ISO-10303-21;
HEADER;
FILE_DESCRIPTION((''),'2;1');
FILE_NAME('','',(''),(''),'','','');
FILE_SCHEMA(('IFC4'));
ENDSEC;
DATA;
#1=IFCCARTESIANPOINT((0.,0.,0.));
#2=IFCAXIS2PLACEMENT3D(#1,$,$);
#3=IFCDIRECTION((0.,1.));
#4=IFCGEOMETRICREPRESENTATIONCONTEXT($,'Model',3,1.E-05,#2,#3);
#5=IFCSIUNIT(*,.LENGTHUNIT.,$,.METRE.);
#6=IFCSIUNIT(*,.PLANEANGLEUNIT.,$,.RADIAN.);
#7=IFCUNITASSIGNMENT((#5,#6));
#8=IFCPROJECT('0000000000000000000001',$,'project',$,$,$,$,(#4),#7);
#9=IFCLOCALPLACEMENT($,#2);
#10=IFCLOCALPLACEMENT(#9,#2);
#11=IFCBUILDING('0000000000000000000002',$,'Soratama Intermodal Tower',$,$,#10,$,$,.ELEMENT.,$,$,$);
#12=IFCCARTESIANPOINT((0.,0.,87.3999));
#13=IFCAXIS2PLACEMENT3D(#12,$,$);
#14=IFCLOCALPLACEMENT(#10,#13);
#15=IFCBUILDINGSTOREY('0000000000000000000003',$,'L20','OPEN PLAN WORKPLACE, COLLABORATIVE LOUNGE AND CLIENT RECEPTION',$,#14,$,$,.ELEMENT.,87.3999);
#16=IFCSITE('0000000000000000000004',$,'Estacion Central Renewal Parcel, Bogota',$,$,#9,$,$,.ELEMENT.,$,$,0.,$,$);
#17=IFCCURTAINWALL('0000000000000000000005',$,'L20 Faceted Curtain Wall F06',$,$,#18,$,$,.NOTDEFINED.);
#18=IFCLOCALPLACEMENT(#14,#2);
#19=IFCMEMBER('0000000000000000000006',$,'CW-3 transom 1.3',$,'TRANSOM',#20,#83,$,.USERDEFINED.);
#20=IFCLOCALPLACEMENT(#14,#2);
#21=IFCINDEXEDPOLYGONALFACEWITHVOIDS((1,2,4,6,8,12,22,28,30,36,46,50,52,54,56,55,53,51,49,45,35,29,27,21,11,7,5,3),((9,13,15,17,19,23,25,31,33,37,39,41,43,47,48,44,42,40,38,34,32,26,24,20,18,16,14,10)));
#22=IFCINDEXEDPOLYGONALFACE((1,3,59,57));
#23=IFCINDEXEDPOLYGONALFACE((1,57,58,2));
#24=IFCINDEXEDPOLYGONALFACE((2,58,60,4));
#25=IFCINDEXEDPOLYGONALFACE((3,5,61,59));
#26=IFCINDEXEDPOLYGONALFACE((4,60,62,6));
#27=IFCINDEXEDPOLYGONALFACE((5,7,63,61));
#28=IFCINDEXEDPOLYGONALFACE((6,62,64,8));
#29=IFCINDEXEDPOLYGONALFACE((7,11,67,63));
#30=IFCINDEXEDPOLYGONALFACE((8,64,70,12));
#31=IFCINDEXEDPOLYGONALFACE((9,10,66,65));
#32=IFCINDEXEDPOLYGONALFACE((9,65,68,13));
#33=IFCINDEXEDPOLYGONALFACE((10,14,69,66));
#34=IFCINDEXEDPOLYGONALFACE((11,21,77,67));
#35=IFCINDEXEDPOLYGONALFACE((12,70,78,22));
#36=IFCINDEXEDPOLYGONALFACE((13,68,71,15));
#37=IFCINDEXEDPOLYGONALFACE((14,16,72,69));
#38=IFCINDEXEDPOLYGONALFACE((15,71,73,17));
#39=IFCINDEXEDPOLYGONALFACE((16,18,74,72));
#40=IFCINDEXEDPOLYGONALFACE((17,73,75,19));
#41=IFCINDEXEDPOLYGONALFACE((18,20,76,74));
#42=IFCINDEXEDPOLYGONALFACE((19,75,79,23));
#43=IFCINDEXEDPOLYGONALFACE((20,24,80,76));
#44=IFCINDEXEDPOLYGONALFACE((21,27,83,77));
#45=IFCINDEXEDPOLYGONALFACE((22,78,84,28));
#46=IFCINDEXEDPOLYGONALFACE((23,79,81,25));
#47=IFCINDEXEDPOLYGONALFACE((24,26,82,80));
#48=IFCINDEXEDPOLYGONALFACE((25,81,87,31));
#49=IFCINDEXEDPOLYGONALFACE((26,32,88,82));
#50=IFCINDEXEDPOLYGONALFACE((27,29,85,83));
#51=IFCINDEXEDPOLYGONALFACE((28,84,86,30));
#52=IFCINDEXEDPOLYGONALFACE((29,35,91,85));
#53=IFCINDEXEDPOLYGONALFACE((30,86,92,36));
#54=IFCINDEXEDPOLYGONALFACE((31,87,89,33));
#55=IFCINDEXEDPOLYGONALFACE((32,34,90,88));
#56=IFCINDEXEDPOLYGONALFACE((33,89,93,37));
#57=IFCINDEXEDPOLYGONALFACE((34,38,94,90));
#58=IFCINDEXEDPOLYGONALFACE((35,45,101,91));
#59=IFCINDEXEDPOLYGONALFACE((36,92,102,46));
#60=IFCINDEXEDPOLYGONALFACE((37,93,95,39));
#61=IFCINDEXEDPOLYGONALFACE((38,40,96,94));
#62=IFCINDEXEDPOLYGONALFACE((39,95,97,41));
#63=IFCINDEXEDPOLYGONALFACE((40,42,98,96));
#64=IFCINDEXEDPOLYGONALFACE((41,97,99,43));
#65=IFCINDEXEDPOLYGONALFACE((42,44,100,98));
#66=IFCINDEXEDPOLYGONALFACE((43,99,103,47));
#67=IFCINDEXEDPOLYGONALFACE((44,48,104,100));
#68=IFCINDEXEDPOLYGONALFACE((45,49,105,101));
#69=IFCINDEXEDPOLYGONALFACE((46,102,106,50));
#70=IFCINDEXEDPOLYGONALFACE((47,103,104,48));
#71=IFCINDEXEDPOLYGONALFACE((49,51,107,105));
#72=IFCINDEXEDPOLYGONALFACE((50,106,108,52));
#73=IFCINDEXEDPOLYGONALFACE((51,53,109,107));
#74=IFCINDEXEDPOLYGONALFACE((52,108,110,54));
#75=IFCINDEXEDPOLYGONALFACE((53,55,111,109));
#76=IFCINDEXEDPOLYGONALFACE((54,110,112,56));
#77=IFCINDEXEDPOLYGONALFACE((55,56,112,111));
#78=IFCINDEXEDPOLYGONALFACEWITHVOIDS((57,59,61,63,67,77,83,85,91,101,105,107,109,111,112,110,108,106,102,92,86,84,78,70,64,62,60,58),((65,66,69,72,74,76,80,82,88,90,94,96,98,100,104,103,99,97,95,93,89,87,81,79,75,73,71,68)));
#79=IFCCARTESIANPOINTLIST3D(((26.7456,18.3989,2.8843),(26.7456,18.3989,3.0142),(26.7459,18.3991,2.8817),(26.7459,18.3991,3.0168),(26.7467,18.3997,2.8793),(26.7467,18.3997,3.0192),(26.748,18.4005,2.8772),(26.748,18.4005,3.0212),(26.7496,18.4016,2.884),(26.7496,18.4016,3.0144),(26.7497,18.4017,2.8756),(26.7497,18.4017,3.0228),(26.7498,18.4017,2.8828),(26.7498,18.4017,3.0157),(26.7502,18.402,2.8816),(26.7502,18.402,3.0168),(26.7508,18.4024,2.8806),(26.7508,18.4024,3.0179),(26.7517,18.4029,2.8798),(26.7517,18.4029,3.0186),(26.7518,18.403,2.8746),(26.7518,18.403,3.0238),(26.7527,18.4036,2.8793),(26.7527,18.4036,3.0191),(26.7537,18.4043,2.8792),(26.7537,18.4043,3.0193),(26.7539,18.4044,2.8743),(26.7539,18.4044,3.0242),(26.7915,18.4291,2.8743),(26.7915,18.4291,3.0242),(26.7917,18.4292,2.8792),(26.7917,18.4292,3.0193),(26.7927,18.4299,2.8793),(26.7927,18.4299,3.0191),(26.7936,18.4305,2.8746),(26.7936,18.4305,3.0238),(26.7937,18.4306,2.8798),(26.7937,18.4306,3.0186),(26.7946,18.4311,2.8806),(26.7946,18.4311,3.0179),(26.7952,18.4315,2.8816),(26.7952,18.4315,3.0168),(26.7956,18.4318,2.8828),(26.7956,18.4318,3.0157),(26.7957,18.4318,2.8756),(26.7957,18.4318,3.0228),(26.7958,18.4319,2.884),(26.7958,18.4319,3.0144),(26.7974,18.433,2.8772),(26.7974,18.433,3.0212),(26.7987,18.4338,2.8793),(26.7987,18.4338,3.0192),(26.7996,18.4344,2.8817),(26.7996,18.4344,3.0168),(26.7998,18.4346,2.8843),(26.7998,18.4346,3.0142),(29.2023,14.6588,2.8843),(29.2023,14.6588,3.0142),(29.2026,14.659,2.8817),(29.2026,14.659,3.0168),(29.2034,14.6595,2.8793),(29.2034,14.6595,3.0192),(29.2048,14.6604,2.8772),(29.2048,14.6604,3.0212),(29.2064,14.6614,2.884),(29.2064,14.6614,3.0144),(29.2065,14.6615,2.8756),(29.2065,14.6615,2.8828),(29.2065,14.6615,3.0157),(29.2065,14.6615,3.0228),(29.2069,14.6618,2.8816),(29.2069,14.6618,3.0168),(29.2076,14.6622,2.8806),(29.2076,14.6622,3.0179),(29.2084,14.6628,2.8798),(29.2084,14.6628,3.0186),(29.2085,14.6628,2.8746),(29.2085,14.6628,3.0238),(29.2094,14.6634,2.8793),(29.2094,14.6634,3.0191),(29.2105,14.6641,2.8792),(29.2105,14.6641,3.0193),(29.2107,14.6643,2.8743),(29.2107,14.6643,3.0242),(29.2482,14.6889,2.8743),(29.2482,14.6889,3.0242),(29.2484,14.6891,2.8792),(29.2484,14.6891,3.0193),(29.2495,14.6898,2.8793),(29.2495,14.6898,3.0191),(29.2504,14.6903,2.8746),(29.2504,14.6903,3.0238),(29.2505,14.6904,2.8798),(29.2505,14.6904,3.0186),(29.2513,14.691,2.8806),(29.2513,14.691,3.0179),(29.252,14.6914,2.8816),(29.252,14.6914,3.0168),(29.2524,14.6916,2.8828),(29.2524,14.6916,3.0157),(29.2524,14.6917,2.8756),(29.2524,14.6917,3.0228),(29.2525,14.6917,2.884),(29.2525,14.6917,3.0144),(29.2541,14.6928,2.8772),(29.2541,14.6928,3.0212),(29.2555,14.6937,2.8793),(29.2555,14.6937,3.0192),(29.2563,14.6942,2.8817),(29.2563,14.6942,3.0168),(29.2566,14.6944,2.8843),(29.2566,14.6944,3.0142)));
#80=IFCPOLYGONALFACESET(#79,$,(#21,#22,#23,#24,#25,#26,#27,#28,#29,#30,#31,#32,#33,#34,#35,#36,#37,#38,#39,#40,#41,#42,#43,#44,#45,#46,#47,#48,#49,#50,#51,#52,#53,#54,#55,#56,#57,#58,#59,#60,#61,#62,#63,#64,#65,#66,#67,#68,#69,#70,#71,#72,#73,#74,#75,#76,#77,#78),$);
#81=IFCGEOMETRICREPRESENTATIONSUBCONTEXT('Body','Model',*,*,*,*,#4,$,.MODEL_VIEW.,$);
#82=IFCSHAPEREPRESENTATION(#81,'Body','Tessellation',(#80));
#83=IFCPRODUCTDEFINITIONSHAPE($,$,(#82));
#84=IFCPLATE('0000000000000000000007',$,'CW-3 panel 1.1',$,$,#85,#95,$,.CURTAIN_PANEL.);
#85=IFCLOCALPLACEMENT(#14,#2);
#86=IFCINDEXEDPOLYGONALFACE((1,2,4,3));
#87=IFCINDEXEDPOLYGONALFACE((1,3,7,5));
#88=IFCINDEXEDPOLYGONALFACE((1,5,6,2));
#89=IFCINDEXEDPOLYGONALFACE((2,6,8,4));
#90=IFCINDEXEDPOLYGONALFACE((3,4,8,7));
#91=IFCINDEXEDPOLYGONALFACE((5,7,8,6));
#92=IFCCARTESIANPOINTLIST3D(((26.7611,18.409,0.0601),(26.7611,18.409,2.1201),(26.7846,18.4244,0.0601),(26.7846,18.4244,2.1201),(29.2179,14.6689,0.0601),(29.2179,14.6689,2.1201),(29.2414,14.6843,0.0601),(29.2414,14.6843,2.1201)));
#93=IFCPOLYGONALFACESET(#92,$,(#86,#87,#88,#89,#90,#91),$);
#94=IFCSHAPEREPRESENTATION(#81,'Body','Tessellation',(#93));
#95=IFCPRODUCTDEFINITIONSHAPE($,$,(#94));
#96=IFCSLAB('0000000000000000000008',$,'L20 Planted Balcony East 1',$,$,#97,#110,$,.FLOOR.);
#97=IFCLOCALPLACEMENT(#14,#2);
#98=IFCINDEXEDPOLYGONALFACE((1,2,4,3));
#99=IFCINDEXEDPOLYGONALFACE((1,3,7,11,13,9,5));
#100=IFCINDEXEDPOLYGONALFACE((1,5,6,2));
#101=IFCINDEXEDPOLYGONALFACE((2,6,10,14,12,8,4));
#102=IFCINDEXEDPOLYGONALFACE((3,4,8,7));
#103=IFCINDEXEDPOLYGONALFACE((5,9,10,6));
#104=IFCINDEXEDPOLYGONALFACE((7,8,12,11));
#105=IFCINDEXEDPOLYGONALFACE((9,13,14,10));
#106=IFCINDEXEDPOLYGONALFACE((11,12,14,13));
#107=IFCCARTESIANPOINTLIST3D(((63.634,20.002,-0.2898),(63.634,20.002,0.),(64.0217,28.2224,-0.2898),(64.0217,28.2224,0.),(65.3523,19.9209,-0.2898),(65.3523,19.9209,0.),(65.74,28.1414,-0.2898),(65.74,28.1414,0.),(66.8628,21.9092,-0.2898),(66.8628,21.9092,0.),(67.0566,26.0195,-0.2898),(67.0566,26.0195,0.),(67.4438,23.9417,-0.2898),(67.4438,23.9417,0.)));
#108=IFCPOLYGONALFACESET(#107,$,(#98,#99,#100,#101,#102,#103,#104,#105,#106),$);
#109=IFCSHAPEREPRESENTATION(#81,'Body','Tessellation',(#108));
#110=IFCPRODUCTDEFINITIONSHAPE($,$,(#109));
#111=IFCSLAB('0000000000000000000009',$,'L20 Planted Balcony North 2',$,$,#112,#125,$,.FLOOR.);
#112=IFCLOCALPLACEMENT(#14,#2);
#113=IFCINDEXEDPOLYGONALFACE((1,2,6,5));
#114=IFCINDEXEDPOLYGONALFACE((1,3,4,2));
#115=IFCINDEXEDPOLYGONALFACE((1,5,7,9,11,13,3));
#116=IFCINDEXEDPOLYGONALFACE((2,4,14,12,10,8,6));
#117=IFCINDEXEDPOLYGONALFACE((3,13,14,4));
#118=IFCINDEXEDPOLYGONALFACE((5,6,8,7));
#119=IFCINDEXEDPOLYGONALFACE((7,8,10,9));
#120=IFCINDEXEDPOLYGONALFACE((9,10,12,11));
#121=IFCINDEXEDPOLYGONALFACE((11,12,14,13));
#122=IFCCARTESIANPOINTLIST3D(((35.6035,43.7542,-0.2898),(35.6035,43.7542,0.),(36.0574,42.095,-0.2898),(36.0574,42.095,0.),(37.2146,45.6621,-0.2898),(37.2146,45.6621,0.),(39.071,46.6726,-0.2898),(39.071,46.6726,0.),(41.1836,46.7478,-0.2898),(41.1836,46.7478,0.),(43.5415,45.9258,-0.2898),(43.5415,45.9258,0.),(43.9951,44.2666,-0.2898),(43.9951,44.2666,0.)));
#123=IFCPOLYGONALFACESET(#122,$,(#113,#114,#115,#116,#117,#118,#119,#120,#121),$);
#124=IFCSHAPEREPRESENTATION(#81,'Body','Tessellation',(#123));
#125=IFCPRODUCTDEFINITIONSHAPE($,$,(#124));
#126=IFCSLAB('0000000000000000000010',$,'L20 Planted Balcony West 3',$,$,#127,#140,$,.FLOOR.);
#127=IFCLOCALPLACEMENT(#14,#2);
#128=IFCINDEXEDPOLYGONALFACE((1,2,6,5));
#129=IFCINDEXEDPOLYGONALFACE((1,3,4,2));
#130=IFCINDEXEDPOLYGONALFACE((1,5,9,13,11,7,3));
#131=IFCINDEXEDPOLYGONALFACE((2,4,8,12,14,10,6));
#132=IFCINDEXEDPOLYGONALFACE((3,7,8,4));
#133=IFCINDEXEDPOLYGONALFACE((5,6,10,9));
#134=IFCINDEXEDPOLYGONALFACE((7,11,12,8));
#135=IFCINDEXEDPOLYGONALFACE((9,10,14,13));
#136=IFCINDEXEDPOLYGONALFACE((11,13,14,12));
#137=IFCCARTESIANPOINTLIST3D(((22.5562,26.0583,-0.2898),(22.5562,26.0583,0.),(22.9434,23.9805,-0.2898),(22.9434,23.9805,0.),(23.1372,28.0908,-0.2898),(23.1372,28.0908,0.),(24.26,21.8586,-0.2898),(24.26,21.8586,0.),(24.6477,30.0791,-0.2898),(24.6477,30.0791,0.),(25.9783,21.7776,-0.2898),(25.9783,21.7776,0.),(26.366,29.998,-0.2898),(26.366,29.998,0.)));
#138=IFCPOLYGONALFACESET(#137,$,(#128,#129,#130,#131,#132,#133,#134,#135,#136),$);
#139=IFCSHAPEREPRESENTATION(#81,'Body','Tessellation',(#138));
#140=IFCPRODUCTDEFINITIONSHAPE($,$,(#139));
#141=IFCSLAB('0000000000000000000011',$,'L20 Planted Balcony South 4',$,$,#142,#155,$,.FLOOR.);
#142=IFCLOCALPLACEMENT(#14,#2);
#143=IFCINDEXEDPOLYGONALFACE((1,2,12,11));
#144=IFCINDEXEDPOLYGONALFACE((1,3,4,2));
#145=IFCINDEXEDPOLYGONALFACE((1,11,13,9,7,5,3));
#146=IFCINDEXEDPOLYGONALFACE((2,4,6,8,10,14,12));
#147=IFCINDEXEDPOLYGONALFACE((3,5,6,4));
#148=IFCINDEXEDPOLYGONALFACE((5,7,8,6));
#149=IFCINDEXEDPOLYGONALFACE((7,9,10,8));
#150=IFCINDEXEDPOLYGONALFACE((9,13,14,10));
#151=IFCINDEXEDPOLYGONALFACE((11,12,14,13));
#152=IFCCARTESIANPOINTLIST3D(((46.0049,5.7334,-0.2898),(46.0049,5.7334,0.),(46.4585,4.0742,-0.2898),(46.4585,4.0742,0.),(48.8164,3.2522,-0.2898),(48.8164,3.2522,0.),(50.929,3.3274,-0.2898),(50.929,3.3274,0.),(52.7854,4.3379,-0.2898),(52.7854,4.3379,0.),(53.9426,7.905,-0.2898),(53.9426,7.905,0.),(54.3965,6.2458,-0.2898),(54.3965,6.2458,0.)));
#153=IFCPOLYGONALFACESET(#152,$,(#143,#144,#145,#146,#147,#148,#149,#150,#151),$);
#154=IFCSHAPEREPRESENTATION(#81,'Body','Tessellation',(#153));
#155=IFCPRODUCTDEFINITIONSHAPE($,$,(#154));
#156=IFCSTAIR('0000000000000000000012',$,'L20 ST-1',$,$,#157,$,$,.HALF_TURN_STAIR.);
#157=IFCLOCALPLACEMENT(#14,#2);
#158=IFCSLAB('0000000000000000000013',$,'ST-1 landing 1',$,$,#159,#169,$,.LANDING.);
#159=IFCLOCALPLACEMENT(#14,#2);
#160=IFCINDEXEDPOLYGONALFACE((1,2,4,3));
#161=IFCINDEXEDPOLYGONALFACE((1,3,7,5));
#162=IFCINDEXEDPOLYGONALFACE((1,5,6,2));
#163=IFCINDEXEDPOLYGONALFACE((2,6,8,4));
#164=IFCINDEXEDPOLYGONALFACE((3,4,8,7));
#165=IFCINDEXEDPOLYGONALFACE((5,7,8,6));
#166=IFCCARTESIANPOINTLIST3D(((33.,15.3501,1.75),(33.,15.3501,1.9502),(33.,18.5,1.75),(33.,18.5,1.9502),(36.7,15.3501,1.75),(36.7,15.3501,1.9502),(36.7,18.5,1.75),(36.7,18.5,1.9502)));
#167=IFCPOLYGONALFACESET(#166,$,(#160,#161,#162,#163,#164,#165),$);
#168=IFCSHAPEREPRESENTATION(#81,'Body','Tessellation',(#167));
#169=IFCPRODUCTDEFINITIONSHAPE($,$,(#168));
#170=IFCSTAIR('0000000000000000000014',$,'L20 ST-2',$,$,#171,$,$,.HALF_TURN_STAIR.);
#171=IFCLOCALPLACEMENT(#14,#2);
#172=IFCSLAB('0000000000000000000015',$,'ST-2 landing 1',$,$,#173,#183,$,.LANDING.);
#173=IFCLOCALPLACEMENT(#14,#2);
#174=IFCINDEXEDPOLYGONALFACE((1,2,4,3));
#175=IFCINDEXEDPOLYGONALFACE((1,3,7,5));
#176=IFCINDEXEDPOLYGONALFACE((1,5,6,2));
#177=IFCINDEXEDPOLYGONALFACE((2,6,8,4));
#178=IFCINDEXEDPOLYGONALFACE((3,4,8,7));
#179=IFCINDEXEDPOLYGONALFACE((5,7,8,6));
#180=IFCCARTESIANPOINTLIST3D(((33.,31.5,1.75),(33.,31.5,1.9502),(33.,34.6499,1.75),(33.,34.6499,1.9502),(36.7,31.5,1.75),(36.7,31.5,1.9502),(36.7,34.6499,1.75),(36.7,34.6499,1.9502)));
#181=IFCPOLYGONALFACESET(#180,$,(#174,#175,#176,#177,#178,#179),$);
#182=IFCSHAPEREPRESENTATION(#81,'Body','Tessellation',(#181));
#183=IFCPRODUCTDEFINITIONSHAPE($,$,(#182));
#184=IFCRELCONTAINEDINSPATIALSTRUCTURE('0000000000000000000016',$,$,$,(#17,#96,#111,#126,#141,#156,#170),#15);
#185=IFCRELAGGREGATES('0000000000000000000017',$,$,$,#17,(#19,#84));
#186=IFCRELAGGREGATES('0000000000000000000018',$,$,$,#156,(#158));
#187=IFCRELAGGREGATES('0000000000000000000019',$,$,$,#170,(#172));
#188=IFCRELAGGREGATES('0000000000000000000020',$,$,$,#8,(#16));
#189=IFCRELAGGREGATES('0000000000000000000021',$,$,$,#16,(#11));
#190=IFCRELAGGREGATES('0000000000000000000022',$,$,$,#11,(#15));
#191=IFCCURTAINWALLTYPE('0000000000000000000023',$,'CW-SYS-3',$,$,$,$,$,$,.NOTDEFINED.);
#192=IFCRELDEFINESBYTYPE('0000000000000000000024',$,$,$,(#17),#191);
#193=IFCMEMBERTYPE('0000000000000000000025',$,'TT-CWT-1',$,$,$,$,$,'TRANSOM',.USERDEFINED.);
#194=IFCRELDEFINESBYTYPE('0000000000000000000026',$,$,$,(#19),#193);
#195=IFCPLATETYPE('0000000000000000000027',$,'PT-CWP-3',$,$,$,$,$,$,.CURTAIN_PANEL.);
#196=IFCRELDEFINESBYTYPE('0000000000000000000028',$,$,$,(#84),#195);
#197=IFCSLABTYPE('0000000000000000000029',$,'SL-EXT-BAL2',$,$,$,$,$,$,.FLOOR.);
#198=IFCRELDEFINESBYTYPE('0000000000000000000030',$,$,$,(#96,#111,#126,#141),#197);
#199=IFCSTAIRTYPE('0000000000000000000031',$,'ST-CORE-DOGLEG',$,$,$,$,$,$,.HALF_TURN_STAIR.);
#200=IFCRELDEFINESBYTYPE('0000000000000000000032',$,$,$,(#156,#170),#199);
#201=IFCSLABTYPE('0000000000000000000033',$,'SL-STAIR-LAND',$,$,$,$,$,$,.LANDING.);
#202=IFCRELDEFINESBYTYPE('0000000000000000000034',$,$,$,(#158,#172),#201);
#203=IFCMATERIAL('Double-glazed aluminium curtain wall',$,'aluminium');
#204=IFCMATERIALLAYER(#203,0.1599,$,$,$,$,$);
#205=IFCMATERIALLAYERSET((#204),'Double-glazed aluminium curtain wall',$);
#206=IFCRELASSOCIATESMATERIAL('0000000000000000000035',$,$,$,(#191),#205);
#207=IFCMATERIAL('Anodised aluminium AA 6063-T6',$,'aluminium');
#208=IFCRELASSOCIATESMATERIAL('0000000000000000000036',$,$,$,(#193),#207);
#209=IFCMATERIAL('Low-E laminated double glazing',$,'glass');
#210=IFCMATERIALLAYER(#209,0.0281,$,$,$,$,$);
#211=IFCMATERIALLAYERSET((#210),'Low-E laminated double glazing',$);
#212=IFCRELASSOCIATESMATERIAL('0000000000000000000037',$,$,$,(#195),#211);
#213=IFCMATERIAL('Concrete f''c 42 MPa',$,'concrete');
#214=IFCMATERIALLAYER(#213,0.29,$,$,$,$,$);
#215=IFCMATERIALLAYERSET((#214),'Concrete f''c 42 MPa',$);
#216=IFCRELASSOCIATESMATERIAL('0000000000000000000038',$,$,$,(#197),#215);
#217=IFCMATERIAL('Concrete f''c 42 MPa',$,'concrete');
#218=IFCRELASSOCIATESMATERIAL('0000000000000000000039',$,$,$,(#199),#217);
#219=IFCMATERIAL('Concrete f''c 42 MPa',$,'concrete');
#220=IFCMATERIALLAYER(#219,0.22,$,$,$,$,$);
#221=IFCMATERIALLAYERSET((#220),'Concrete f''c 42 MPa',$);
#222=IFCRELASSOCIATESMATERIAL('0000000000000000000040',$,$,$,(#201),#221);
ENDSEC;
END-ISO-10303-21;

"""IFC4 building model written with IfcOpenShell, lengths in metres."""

from ifc_helpers import new_model, si_unit, direction, frame, origin, origin_2d, place, context, subcontext, project, spatial, polyline, rectangle, hollow_rectangle, outline, extrude, material, layer, layer_set, material_profile, profile_set, type_object, element, aggregate, save


model = new_model("IFC4")

# Units and contexts
model_context = context("Model", 3, precision=1e-05, world=origin(), true_north=direction((0.0, 1.0)))
body_context = subcontext(model_context, "Body", "Model", "MODEL_VIEW")
ifc_project = project(units=[si_unit("LENGTHUNIT", "METRE"), si_unit("PLANEANGLEUNIT", "RADIAN")], contexts=[model_context])

# Site, building, storey
site_placement = place(None, origin())
site = spatial("IfcSite", under=ifc_project, at=site_placement, Name="Estacion Central Renewal Parcel, Bogota", CompositionType="ELEMENT", RefElevation=0.0)
building_placement = place(site_placement, origin())
building = spatial("IfcBuilding", under=site, at=building_placement, Name="Soratama Intermodal Tower", CompositionType="ELEMENT")
storey_placement = place(building_placement, frame((0.0, 0.0, 87.3999)))
storey = spatial("IfcBuildingStorey", under=building, at=storey_placement, Name="L20", Description="OPEN PLAN WORKPLACE, COLLABORATIVE LOUNGE AND CLIENT RECEPTION", CompositionType="ELEMENT", Elevation=87.3999)

# Curtain wall, member, plate
ifc_material_1 = material(Name="Double-glazed aluminium curtain wall", Category="aluminium")
ifc_layer_1 = layer(ifc_material_1, 0.1599)
ifc_layer_set_1 = layer_set([ifc_layer_1], Name="Double-glazed aluminium curtain wall")
curtain_wall_type = type_object("IfcCurtainWallType", Name="CW-SYS-3", PredefinedType="NOTDEFINED", material=ifc_layer_set_1)
curtain_wall_placement = place(storey_placement, origin())
curtain_wall = element("IfcCurtainWall", 1, at=curtain_wall_placement, inside=storey, type_object=curtain_wall_type, Name="L20 Faceted Curtain Wall F06", PredefinedType="NOTDEFINED")
ifc_material_2 = material(Name="Anodised aluminium AA 6063-T6", Category="aluminium")
ifc_material_profile_1 = material_profile(ifc_material_2, hollow_rectangle(XDim=0.0649, YDim=0.1499, WallThickness=0.0049, InnerFilletRadius=0.0049, OuterFilletRadius=0.01, at=origin_2d()), Name="CWT150X65X5")
ifc_profile_set_1 = profile_set([ifc_material_profile_1], Name="Anodised aluminium AA 6063-T6")
member_type_1 = type_object("IfcMemberType", Name="TT-CWT-1", ElementType="TRANSOM", PredefinedType="USERDEFINED", material=ifc_profile_set_1)
member_1_placement = place(storey_placement, frame((26.7727, 18.4167, 2.9492), z_axis=(0.549009, -0.835816, 0.0), x_axis=(0.835816, 0.549009, 0.0)))
member_1 = element("IfcMember", 2, at=member_1_placement, type_object=member_type_1, Name="CW-3 transom 1.3", ObjectType="TRANSOM", PredefinedType="USERDEFINED", context=body_context, shape_type="SweptSolid", body=[
    extrude(hollow_rectangle(XDim=0.0649, YDim=0.1499, WallThickness=0.0049, InnerFilletRadius=0.0049, OuterFilletRadius=0.01, at=origin_2d()), origin(), (0.0, 0.0, 1.0), 4.4749),
])
ifc_material_3 = material(Name="Low-E laminated double glazing", Category="glass")
ifc_layer_2 = layer(ifc_material_3, 0.0281)
ifc_layer_set_2 = layer_set([ifc_layer_2], Name="Low-E laminated double glazing")
plate_type = type_object("IfcPlateType", Name="PT-CWP-3", PredefinedType="CURTAIN_PANEL", material=ifc_layer_set_2)
plate_placement = place(storey_placement, frame((28.0012, 16.5466, 0.0601), z_axis=(0.0, 0.0, 1.0), x_axis=(0.549023, -0.835807, 0.0)))
plate = element("IfcPlate", 3, at=plate_placement, type_object=plate_type, Name="CW-3 panel 1.1", PredefinedType="CURTAIN_PANEL", context=body_context, shape_type="SweptSolid", body=[
    extrude(rectangle(XDim=4.4749, YDim=0.0281, at=origin_2d()), origin(), (0.0, 0.0, 1.0), 2.0601),
])
aggregate(curtain_wall, [member_1, plate])

# Slabs
ifc_material_4 = material(Name="Concrete f'c 42 MPa", Category="concrete")
ifc_layer_3 = layer(ifc_material_4, 0.29)
ifc_layer_set_3 = layer_set([ifc_layer_3], Name="Concrete f'c 42 MPa")
slab_type_1 = type_object("IfcSlabType", Name="SL-EXT-BAL2", PredefinedType="FLOOR", material=ifc_layer_set_3)
slab_1_placement = place(storey_placement, frame((0.0, 0.0, -0.2898)))
element("IfcSlab", 4, at=slab_1_placement, inside=storey, type_object=slab_type_1, Name="L20 Planted Balcony East 1", PredefinedType="FLOOR", context=body_context, shape_type="SweptSolid", body=[
    extrude(outline(polyline([(63.634, 20.002), (64.0217, 28.2224), (65.74, 28.1414), (67.0566, 26.0195), (67.4438, 23.9417), (66.8628, 21.9092), (65.3523, 19.9209), (63.634, 20.002)])), origin(), (0.0, 0.0, 1.0), 0.2898),
])
slab_2_placement = place(storey_placement, frame((0.0, 0.0, -0.2898)))
element("IfcSlab", 5, at=slab_2_placement, inside=storey, type_object=slab_type_1, Name="L20 Planted Balcony North 2", PredefinedType="FLOOR", context=body_context, shape_type="SweptSolid", body=[
    extrude(outline(polyline([(43.9951, 44.2666), (36.0574, 42.095), (35.6035, 43.7542), (37.2146, 45.6621), (39.071, 46.6726), (41.1836, 46.7478), (43.5415, 45.9258), (43.9951, 44.2666)])), origin(), (0.0, 0.0, 1.0), 0.2898),
])
slab_3_placement = place(storey_placement, frame((0.0, 0.0, -0.2898)))
element("IfcSlab", 6, at=slab_3_placement, inside=storey, type_object=slab_type_1, Name="L20 Planted Balcony West 3", PredefinedType="FLOOR", context=body_context, shape_type="SweptSolid", body=[
    extrude(outline(polyline([(26.366, 29.998), (25.9783, 21.7776), (24.26, 21.8586), (22.9434, 23.9805), (22.5562, 26.0583), (23.1372, 28.0908), (24.6477, 30.0791), (26.366, 29.998)])), origin(), (0.0, 0.0, 1.0), 0.2898),
])
slab_4_placement = place(storey_placement, frame((0.0, 0.0, -0.2898)))
element("IfcSlab", 7, at=slab_4_placement, inside=storey, type_object=slab_type_1, Name="L20 Planted Balcony South 4", PredefinedType="FLOOR", context=body_context, shape_type="SweptSolid", body=[
    extrude(outline(polyline([(46.0049, 5.7334), (53.9426, 7.905), (54.3965, 6.2458), (52.7854, 4.3379), (50.929, 3.3274), (48.8164, 3.2522), (46.4585, 4.0742), (46.0049, 5.7334)])), origin(), (0.0, 0.0, 1.0), 0.2898),
])

# Stairs, slabs
ifc_material_5 = material(Name="Concrete f'c 42 MPa", Category="concrete")
stair_type = type_object("IfcStairType", Name="ST-CORE-DOGLEG", PredefinedType="HALF_TURN_STAIR", material=ifc_material_5)
stair_1_placement = place(storey_placement, origin())
stair_1 = element("IfcStair", 8, at=stair_1_placement, inside=storey, type_object=stair_type, Name="L20 ST-1", PredefinedType="HALF_TURN_STAIR")
ifc_material_6 = material(Name="Concrete f'c 42 MPa", Category="concrete")
ifc_layer_4 = layer(ifc_material_6, 0.22)
ifc_layer_set_4 = layer_set([ifc_layer_4], Name="Concrete f'c 42 MPa")
slab_type_2 = type_object("IfcSlabType", Name="SL-STAIR-LAND", PredefinedType="LANDING", material=ifc_layer_set_4)
slab_5_placement = place(storey_placement, frame((0.0, 0.0, 1.75)))
slab_5 = element("IfcSlab", 9, at=slab_5_placement, type_object=slab_type_2, Name="ST-1 landing 1", PredefinedType="LANDING", context=body_context, shape_type="SweptSolid", body=[
    extrude(outline(polyline([(36.7, 18.5), (33.0, 18.5), (33.0, 15.3501), (36.7, 15.3501), (36.7, 18.5)])), origin(), (0.0, 0.0, 1.0), 0.2002),
])
aggregate(stair_1, [slab_5])
stair_2_placement = place(storey_placement, origin())
stair_2 = element("IfcStair", 10, at=stair_2_placement, inside=storey, type_object=stair_type, Name="L20 ST-2", PredefinedType="HALF_TURN_STAIR")
slab_6_placement = place(storey_placement, frame((0.0, 0.0, 1.75)))
slab_6 = element("IfcSlab", 11, at=slab_6_placement, type_object=slab_type_2, Name="ST-2 landing 1", PredefinedType="LANDING", context=body_context, shape_type="SweptSolid", body=[
    extrude(outline(polyline([(36.7, 34.6499), (33.0, 34.6499), (33.0, 31.5), (36.7, 31.5), (36.7, 34.6499)])), origin(), (0.0, 0.0, 1.0), 0.2002),
])
aggregate(stair_2, [slab_6])

save(model, "model.ifc")
